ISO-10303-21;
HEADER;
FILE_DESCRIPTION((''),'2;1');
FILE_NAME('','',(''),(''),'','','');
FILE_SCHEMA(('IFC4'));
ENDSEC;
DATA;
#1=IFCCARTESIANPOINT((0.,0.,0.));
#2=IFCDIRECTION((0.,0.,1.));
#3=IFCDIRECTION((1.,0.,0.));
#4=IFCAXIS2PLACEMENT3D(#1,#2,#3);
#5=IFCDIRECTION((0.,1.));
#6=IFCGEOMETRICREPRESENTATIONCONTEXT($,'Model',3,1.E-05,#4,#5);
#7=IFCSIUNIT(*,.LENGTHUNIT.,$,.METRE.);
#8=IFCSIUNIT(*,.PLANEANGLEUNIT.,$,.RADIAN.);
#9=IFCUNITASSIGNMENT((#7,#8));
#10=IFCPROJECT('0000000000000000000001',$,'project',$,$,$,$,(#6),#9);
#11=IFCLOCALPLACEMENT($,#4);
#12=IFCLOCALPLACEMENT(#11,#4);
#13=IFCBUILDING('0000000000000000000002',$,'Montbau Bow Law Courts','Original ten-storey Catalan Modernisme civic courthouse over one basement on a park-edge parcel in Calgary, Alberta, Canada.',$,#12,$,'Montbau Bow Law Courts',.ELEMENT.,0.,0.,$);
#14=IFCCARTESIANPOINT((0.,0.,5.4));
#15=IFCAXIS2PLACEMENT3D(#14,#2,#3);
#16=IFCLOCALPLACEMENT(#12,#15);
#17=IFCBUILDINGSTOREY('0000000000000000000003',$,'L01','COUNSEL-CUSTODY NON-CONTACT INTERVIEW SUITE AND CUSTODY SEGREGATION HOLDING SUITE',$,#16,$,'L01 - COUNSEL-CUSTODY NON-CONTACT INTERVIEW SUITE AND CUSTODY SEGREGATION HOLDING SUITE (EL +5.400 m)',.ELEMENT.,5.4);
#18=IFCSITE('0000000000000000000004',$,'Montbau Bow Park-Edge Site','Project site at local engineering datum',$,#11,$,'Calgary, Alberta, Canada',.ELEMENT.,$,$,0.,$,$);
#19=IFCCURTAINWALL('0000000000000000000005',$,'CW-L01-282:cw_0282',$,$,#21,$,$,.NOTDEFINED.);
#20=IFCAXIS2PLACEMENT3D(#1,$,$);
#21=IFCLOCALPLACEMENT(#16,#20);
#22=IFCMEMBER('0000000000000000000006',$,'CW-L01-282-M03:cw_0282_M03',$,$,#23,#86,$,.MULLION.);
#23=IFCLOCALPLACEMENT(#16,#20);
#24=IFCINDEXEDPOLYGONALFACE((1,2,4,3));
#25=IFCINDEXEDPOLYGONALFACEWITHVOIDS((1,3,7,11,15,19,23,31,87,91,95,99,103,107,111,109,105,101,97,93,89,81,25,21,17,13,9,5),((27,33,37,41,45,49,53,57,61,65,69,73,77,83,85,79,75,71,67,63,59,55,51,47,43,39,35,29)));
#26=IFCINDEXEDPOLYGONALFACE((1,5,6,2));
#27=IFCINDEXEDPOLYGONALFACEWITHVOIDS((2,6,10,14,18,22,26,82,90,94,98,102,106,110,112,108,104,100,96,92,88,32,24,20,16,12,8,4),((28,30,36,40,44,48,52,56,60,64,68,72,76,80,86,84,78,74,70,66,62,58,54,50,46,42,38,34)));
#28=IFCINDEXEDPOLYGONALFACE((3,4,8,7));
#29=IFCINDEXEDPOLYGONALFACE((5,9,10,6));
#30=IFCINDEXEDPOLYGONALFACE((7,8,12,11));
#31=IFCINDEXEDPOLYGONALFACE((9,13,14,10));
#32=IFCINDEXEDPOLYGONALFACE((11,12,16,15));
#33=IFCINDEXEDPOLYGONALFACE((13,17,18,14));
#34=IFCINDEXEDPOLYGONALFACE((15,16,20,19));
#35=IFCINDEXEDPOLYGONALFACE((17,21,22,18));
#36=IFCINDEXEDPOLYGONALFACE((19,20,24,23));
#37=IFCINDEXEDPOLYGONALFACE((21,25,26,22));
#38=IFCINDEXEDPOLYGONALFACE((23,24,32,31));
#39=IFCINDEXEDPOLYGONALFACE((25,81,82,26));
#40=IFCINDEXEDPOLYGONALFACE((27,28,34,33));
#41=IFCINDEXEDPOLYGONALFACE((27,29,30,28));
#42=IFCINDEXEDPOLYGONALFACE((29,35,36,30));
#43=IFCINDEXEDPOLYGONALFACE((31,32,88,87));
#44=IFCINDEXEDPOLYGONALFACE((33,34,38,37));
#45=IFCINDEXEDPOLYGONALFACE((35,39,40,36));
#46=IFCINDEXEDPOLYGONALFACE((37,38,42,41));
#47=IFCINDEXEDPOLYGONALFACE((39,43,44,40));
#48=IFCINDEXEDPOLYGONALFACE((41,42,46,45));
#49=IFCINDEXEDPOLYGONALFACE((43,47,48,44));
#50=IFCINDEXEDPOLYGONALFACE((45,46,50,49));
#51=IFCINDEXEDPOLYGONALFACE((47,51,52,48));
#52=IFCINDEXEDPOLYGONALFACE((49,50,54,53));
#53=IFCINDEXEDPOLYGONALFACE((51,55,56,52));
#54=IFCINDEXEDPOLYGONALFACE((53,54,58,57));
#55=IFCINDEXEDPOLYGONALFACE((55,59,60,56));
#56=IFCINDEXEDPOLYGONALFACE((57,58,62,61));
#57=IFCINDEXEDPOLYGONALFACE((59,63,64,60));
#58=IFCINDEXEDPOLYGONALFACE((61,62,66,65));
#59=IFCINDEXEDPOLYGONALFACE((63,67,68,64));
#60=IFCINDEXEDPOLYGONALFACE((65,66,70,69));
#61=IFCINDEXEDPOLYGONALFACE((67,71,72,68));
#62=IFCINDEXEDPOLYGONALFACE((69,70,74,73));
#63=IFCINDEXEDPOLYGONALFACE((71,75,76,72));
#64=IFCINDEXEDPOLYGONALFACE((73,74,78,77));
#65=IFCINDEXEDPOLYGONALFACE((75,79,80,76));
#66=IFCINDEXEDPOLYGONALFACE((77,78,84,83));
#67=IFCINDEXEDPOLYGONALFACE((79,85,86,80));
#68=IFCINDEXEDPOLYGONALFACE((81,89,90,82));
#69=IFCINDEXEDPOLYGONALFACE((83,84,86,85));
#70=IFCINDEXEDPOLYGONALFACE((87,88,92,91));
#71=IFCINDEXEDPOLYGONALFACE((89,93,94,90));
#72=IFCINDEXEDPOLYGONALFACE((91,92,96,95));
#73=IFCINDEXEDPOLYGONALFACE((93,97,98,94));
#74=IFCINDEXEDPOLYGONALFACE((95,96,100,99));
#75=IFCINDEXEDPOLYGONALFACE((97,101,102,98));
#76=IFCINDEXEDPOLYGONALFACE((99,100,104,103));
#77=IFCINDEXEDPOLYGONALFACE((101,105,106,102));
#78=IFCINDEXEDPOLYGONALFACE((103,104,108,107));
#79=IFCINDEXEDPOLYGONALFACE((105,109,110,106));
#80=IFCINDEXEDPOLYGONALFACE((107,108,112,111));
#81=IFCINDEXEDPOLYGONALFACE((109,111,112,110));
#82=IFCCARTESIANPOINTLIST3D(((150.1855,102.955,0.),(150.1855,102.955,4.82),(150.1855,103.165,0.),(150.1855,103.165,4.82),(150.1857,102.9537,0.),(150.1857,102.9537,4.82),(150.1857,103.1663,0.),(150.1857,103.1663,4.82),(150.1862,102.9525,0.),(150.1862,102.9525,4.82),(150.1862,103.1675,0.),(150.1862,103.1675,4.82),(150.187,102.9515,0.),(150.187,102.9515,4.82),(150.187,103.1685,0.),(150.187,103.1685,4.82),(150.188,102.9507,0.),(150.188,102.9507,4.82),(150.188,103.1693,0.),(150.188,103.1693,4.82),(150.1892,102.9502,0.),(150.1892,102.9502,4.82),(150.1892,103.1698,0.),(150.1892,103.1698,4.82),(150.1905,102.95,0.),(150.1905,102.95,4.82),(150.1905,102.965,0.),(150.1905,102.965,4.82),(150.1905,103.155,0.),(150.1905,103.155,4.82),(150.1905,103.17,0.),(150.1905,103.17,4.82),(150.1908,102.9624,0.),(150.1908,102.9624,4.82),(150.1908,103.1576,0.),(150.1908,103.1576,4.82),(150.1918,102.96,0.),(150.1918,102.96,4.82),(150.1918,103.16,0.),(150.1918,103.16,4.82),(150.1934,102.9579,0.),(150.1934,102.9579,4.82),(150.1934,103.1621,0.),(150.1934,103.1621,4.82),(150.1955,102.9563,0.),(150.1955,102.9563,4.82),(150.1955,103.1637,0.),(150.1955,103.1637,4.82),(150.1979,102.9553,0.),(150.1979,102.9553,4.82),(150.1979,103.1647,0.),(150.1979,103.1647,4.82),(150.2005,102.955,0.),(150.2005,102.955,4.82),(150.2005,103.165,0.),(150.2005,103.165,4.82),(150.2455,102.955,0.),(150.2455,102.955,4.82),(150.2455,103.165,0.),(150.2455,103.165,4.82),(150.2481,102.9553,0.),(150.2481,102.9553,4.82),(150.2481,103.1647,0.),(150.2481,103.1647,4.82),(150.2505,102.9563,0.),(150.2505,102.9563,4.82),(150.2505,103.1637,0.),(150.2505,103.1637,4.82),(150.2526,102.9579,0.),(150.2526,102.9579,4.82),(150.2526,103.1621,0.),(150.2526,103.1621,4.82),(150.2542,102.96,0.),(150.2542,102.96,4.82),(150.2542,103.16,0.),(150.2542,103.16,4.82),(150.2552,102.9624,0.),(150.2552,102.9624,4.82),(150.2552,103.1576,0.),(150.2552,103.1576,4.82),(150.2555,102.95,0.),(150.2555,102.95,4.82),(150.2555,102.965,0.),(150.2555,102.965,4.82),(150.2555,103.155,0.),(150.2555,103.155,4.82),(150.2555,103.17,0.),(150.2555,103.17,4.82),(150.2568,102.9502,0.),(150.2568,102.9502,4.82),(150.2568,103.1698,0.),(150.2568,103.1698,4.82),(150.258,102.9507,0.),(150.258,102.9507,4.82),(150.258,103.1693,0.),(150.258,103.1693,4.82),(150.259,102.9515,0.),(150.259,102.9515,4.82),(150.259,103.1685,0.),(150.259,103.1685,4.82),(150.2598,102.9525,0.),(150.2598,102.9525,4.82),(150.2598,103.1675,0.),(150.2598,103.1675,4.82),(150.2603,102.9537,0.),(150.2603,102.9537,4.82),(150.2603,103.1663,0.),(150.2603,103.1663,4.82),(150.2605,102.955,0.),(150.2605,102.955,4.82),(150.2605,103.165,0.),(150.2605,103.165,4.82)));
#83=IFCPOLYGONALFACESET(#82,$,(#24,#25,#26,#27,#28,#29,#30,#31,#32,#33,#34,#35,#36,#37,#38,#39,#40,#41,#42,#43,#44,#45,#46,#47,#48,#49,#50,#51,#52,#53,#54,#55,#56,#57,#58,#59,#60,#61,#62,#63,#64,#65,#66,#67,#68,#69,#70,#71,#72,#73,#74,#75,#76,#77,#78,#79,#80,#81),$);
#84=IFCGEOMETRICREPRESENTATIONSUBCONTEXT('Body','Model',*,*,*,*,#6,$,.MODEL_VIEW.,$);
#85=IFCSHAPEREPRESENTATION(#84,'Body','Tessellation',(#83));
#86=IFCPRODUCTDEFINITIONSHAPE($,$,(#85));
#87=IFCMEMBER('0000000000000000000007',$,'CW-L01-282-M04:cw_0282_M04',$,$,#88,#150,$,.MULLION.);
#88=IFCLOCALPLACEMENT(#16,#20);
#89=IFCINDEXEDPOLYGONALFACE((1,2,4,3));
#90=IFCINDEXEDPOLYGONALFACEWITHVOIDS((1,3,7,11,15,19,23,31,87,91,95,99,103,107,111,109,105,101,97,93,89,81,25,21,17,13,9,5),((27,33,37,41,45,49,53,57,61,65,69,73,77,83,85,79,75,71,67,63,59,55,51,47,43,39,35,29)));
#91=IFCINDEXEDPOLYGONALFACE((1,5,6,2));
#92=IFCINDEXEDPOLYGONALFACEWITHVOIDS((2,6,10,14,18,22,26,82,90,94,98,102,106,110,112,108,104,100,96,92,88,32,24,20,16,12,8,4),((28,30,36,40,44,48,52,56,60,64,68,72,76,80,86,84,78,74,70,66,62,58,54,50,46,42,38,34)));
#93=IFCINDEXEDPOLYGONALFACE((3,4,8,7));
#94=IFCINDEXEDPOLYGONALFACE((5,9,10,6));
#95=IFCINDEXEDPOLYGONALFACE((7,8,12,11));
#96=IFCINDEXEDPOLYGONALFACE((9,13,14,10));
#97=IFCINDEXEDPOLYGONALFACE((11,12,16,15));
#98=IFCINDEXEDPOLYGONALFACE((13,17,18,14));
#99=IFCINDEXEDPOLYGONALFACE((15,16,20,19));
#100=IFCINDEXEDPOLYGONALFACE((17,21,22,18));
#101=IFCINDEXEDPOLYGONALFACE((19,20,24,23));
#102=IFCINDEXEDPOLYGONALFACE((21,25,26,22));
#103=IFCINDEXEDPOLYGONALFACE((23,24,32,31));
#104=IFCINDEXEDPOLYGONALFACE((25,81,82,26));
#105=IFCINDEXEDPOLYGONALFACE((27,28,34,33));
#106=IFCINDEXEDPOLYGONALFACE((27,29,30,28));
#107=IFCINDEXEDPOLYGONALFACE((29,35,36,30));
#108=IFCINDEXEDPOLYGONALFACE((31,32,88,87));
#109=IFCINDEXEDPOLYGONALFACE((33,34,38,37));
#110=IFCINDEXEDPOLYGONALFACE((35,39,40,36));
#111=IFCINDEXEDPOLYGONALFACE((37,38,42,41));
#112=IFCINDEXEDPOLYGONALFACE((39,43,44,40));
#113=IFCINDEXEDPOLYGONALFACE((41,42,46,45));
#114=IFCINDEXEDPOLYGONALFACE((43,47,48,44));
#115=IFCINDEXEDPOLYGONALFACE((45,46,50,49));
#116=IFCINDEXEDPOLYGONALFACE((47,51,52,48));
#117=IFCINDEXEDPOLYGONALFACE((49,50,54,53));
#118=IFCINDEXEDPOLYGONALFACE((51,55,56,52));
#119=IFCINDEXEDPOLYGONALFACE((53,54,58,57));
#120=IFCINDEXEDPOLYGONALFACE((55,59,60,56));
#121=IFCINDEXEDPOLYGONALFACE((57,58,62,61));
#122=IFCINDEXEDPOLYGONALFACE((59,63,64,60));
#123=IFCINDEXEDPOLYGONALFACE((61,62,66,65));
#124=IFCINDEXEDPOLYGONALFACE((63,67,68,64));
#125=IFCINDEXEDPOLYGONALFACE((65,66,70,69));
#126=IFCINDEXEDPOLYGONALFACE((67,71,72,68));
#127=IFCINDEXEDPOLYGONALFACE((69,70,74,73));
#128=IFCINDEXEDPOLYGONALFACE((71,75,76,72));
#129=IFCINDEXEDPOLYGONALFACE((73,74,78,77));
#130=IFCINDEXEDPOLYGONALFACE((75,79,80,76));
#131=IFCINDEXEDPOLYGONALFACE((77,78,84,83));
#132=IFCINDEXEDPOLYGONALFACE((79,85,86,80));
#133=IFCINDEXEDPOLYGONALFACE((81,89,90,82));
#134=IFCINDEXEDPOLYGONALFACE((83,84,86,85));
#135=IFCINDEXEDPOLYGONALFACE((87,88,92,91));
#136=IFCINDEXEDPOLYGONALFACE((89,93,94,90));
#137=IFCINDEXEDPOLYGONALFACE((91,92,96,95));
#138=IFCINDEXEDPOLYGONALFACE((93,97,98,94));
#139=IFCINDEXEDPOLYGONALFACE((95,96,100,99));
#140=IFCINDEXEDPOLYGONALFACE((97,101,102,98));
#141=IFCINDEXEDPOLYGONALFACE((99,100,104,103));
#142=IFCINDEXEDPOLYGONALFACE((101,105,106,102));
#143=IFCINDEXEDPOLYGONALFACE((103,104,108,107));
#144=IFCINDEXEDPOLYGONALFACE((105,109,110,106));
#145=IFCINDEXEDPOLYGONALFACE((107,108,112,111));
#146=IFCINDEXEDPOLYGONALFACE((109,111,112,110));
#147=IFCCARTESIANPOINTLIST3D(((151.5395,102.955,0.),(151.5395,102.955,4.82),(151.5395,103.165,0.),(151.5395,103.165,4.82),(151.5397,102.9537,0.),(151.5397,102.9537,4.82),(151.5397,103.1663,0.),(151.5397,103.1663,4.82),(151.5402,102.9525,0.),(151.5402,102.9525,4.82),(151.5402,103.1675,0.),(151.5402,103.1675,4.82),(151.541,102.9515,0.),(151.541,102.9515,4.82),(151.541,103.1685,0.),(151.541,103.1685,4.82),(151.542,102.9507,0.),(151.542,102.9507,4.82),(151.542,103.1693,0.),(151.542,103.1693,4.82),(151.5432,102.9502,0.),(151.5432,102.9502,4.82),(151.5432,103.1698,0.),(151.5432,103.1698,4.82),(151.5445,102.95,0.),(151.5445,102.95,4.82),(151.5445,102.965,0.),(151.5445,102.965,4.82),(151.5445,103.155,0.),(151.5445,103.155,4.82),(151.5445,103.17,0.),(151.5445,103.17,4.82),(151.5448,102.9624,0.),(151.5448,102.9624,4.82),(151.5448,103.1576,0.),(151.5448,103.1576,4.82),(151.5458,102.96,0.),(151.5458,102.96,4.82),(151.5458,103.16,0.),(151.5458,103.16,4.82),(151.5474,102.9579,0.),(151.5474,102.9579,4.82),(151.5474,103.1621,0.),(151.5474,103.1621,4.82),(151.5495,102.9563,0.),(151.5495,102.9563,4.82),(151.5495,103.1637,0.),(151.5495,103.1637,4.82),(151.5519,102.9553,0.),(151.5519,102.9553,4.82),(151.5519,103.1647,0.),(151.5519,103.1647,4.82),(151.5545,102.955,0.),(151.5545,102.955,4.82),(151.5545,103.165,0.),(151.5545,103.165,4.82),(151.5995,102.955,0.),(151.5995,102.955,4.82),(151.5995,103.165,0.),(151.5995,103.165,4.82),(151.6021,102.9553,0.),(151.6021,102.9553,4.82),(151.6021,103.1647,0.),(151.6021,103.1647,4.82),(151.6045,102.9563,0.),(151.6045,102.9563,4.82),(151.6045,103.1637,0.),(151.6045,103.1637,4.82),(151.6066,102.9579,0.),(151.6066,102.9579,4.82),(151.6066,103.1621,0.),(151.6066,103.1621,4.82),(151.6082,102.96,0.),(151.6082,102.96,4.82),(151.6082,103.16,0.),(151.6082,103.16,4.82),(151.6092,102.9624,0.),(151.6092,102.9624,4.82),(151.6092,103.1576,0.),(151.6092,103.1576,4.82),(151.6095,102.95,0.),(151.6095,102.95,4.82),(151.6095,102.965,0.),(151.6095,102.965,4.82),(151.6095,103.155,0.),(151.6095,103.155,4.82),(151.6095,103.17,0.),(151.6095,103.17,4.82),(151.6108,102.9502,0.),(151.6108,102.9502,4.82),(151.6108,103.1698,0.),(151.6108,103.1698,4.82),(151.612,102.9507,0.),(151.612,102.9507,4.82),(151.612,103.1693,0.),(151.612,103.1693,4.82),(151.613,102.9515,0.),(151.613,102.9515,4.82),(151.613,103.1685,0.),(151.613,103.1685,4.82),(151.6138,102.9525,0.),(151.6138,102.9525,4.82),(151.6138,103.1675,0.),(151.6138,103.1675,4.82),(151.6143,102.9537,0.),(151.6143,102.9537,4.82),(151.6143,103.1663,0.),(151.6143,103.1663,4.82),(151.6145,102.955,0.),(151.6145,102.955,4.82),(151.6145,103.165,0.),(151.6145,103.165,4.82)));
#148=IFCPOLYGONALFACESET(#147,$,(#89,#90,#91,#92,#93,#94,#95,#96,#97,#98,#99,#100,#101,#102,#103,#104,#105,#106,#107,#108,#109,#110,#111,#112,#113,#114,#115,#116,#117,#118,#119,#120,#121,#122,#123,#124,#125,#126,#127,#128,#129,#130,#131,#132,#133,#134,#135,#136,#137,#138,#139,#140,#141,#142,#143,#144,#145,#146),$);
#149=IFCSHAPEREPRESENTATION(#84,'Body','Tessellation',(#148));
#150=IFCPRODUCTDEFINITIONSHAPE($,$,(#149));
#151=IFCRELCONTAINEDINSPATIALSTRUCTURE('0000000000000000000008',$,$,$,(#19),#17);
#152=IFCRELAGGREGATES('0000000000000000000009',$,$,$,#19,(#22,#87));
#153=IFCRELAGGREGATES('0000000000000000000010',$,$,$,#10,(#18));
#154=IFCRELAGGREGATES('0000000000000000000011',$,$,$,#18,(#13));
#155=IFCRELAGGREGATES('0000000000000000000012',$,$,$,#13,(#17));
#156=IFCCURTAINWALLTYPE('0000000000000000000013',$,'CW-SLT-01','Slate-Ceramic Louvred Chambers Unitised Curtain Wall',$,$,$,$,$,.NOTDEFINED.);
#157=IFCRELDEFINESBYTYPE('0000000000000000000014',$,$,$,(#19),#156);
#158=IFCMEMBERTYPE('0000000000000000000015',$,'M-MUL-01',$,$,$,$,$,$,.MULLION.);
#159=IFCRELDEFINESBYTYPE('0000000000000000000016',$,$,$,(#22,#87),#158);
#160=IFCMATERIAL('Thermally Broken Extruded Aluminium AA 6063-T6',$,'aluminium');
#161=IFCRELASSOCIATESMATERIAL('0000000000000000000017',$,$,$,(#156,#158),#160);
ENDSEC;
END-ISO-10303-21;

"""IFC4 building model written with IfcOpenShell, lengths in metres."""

from ifc_helpers import new_model, si_unit, direction, frame, origin_with_axes, origin_2d_with_axis, place, context, subcontext, project, spatial, hollow_rectangle, extrude, material, material_profile, profile_set, type_object, element, aggregate, save


model = new_model("IFC4")

# Units and contexts
model_context = context("Model", 3, precision=1e-05, world=origin_with_axes(), true_north=direction((0.0, 1.0)))
body_context = subcontext(model_context, "Body", "Model", "MODEL_VIEW")
ifc_project = project(units=[si_unit("LENGTHUNIT", "METRE"), si_unit("PLANEANGLEUNIT", "RADIAN")], contexts=[model_context])

# Site, building, storey
site_placement = place(None, origin_with_axes())
site = spatial("IfcSite", under=ifc_project, at=site_placement, Name="Montbau Bow Park-Edge Site", Description="Project site at local engineering datum", LongName="Calgary, Alberta, Canada", CompositionType="ELEMENT", RefElevation=0.0)
building_placement = place(site_placement, origin_with_axes())
building = spatial("IfcBuilding", under=site, at=building_placement, Name="Montbau Bow Law Courts", Description="Original ten-storey Catalan Modernisme civic courthouse over one basement on a park-edge parcel in Calgary, Alberta, Canada.", LongName="Montbau Bow Law Courts", CompositionType="ELEMENT", ElevationOfRefHeight=0.0, ElevationOfTerrain=0.0)
storey_placement = place(building_placement, frame((0.0, 0.0, 5.4), z_axis=(0.0, 0.0, 1.0), x_axis=(1.0, 0.0, 0.0)))
storey = spatial("IfcBuildingStorey", under=building, at=storey_placement, Name="L01", Description="COUNSEL-CUSTODY NON-CONTACT INTERVIEW SUITE AND CUSTODY SEGREGATION HOLDING SUITE", LongName="L01 - COUNSEL-CUSTODY NON-CONTACT INTERVIEW SUITE AND CUSTODY SEGREGATION HOLDING SUITE (EL +5.400 m)", CompositionType="ELEMENT", Elevation=5.4)

# Curtain wall, members
ifc_material_1 = material(Name="Thermally Broken Extruded Aluminium AA 6063-T6", Category="aluminium")
curtain_wall_type = type_object("IfcCurtainWallType", Name="CW-SLT-01", Description="Slate-Ceramic Louvred Chambers Unitised Curtain Wall", PredefinedType="NOTDEFINED", material=ifc_material_1)
curtain_wall_placement = place(None, frame((147.515, 103.06, 5.4), z_axis=(0.0, 0.0, 1.0), x_axis=(1.0, 0.0, 0.0)))
curtain_wall = element("IfcCurtainWall", 1, at=curtain_wall_placement, inside=storey, type_object=curtain_wall_type, Name="CW-L01-282:cw_0282", PredefinedType="NOTDEFINED")
ifc_material_profile_1 = material_profile(ifc_material_1, hollow_rectangle(XDim=0.075, YDim=0.22, WallThickness=0.005, InnerFilletRadius=0.01, OuterFilletRadius=0.005, at=origin_2d_with_axis()), Name="CWM-220X75", Category="Main", Priority=0)
ifc_profile_set_1 = profile_set([ifc_material_profile_1], Name="Thermally Broken Extruded Aluminium AA 6063-T6")
member_type_1 = type_object("IfcMemberType", Name="M-MUL-01", PredefinedType="MULLION", material=ifc_profile_set_1)
member_1_placement = place(None, frame((150.223, 103.06, 5.4), z_axis=(0.0, 0.0, 1.0), x_axis=(1.0, 0.0, 0.0)))
member_1 = element("IfcMember", 2, at=member_1_placement, type_object=member_type_1, Name="CW-L01-282-M03:cw_0282_M03", PredefinedType="MULLION", context=body_context, shape_type="SweptSolid", body=[
    extrude(hollow_rectangle(XDim=0.075, YDim=0.22, WallThickness=0.005, InnerFilletRadius=0.01, OuterFilletRadius=0.005, at=origin_2d_with_axis()), origin_with_axes(), (0.0, 0.0, 1.0), 4.82),
])
member_2_placement = place(None, frame((151.577, 103.06, 5.4), z_axis=(0.0, 0.0, 1.0), x_axis=(1.0, 0.0, 0.0)))
member_2 = element("IfcMember", 3, at=member_2_placement, type_object=member_type_1, Name="CW-L01-282-M04:cw_0282_M04", PredefinedType="MULLION", context=body_context, shape_type="SweptSolid", body=[
    extrude(hollow_rectangle(XDim=0.075, YDim=0.22, WallThickness=0.005, InnerFilletRadius=0.01, OuterFilletRadius=0.005, at=origin_2d_with_axis()), origin_with_axes(), (0.0, 0.0, 1.0), 4.82),
])
aggregate(curtain_wall, [member_1, member_2])

save(model, "model.ifc")
